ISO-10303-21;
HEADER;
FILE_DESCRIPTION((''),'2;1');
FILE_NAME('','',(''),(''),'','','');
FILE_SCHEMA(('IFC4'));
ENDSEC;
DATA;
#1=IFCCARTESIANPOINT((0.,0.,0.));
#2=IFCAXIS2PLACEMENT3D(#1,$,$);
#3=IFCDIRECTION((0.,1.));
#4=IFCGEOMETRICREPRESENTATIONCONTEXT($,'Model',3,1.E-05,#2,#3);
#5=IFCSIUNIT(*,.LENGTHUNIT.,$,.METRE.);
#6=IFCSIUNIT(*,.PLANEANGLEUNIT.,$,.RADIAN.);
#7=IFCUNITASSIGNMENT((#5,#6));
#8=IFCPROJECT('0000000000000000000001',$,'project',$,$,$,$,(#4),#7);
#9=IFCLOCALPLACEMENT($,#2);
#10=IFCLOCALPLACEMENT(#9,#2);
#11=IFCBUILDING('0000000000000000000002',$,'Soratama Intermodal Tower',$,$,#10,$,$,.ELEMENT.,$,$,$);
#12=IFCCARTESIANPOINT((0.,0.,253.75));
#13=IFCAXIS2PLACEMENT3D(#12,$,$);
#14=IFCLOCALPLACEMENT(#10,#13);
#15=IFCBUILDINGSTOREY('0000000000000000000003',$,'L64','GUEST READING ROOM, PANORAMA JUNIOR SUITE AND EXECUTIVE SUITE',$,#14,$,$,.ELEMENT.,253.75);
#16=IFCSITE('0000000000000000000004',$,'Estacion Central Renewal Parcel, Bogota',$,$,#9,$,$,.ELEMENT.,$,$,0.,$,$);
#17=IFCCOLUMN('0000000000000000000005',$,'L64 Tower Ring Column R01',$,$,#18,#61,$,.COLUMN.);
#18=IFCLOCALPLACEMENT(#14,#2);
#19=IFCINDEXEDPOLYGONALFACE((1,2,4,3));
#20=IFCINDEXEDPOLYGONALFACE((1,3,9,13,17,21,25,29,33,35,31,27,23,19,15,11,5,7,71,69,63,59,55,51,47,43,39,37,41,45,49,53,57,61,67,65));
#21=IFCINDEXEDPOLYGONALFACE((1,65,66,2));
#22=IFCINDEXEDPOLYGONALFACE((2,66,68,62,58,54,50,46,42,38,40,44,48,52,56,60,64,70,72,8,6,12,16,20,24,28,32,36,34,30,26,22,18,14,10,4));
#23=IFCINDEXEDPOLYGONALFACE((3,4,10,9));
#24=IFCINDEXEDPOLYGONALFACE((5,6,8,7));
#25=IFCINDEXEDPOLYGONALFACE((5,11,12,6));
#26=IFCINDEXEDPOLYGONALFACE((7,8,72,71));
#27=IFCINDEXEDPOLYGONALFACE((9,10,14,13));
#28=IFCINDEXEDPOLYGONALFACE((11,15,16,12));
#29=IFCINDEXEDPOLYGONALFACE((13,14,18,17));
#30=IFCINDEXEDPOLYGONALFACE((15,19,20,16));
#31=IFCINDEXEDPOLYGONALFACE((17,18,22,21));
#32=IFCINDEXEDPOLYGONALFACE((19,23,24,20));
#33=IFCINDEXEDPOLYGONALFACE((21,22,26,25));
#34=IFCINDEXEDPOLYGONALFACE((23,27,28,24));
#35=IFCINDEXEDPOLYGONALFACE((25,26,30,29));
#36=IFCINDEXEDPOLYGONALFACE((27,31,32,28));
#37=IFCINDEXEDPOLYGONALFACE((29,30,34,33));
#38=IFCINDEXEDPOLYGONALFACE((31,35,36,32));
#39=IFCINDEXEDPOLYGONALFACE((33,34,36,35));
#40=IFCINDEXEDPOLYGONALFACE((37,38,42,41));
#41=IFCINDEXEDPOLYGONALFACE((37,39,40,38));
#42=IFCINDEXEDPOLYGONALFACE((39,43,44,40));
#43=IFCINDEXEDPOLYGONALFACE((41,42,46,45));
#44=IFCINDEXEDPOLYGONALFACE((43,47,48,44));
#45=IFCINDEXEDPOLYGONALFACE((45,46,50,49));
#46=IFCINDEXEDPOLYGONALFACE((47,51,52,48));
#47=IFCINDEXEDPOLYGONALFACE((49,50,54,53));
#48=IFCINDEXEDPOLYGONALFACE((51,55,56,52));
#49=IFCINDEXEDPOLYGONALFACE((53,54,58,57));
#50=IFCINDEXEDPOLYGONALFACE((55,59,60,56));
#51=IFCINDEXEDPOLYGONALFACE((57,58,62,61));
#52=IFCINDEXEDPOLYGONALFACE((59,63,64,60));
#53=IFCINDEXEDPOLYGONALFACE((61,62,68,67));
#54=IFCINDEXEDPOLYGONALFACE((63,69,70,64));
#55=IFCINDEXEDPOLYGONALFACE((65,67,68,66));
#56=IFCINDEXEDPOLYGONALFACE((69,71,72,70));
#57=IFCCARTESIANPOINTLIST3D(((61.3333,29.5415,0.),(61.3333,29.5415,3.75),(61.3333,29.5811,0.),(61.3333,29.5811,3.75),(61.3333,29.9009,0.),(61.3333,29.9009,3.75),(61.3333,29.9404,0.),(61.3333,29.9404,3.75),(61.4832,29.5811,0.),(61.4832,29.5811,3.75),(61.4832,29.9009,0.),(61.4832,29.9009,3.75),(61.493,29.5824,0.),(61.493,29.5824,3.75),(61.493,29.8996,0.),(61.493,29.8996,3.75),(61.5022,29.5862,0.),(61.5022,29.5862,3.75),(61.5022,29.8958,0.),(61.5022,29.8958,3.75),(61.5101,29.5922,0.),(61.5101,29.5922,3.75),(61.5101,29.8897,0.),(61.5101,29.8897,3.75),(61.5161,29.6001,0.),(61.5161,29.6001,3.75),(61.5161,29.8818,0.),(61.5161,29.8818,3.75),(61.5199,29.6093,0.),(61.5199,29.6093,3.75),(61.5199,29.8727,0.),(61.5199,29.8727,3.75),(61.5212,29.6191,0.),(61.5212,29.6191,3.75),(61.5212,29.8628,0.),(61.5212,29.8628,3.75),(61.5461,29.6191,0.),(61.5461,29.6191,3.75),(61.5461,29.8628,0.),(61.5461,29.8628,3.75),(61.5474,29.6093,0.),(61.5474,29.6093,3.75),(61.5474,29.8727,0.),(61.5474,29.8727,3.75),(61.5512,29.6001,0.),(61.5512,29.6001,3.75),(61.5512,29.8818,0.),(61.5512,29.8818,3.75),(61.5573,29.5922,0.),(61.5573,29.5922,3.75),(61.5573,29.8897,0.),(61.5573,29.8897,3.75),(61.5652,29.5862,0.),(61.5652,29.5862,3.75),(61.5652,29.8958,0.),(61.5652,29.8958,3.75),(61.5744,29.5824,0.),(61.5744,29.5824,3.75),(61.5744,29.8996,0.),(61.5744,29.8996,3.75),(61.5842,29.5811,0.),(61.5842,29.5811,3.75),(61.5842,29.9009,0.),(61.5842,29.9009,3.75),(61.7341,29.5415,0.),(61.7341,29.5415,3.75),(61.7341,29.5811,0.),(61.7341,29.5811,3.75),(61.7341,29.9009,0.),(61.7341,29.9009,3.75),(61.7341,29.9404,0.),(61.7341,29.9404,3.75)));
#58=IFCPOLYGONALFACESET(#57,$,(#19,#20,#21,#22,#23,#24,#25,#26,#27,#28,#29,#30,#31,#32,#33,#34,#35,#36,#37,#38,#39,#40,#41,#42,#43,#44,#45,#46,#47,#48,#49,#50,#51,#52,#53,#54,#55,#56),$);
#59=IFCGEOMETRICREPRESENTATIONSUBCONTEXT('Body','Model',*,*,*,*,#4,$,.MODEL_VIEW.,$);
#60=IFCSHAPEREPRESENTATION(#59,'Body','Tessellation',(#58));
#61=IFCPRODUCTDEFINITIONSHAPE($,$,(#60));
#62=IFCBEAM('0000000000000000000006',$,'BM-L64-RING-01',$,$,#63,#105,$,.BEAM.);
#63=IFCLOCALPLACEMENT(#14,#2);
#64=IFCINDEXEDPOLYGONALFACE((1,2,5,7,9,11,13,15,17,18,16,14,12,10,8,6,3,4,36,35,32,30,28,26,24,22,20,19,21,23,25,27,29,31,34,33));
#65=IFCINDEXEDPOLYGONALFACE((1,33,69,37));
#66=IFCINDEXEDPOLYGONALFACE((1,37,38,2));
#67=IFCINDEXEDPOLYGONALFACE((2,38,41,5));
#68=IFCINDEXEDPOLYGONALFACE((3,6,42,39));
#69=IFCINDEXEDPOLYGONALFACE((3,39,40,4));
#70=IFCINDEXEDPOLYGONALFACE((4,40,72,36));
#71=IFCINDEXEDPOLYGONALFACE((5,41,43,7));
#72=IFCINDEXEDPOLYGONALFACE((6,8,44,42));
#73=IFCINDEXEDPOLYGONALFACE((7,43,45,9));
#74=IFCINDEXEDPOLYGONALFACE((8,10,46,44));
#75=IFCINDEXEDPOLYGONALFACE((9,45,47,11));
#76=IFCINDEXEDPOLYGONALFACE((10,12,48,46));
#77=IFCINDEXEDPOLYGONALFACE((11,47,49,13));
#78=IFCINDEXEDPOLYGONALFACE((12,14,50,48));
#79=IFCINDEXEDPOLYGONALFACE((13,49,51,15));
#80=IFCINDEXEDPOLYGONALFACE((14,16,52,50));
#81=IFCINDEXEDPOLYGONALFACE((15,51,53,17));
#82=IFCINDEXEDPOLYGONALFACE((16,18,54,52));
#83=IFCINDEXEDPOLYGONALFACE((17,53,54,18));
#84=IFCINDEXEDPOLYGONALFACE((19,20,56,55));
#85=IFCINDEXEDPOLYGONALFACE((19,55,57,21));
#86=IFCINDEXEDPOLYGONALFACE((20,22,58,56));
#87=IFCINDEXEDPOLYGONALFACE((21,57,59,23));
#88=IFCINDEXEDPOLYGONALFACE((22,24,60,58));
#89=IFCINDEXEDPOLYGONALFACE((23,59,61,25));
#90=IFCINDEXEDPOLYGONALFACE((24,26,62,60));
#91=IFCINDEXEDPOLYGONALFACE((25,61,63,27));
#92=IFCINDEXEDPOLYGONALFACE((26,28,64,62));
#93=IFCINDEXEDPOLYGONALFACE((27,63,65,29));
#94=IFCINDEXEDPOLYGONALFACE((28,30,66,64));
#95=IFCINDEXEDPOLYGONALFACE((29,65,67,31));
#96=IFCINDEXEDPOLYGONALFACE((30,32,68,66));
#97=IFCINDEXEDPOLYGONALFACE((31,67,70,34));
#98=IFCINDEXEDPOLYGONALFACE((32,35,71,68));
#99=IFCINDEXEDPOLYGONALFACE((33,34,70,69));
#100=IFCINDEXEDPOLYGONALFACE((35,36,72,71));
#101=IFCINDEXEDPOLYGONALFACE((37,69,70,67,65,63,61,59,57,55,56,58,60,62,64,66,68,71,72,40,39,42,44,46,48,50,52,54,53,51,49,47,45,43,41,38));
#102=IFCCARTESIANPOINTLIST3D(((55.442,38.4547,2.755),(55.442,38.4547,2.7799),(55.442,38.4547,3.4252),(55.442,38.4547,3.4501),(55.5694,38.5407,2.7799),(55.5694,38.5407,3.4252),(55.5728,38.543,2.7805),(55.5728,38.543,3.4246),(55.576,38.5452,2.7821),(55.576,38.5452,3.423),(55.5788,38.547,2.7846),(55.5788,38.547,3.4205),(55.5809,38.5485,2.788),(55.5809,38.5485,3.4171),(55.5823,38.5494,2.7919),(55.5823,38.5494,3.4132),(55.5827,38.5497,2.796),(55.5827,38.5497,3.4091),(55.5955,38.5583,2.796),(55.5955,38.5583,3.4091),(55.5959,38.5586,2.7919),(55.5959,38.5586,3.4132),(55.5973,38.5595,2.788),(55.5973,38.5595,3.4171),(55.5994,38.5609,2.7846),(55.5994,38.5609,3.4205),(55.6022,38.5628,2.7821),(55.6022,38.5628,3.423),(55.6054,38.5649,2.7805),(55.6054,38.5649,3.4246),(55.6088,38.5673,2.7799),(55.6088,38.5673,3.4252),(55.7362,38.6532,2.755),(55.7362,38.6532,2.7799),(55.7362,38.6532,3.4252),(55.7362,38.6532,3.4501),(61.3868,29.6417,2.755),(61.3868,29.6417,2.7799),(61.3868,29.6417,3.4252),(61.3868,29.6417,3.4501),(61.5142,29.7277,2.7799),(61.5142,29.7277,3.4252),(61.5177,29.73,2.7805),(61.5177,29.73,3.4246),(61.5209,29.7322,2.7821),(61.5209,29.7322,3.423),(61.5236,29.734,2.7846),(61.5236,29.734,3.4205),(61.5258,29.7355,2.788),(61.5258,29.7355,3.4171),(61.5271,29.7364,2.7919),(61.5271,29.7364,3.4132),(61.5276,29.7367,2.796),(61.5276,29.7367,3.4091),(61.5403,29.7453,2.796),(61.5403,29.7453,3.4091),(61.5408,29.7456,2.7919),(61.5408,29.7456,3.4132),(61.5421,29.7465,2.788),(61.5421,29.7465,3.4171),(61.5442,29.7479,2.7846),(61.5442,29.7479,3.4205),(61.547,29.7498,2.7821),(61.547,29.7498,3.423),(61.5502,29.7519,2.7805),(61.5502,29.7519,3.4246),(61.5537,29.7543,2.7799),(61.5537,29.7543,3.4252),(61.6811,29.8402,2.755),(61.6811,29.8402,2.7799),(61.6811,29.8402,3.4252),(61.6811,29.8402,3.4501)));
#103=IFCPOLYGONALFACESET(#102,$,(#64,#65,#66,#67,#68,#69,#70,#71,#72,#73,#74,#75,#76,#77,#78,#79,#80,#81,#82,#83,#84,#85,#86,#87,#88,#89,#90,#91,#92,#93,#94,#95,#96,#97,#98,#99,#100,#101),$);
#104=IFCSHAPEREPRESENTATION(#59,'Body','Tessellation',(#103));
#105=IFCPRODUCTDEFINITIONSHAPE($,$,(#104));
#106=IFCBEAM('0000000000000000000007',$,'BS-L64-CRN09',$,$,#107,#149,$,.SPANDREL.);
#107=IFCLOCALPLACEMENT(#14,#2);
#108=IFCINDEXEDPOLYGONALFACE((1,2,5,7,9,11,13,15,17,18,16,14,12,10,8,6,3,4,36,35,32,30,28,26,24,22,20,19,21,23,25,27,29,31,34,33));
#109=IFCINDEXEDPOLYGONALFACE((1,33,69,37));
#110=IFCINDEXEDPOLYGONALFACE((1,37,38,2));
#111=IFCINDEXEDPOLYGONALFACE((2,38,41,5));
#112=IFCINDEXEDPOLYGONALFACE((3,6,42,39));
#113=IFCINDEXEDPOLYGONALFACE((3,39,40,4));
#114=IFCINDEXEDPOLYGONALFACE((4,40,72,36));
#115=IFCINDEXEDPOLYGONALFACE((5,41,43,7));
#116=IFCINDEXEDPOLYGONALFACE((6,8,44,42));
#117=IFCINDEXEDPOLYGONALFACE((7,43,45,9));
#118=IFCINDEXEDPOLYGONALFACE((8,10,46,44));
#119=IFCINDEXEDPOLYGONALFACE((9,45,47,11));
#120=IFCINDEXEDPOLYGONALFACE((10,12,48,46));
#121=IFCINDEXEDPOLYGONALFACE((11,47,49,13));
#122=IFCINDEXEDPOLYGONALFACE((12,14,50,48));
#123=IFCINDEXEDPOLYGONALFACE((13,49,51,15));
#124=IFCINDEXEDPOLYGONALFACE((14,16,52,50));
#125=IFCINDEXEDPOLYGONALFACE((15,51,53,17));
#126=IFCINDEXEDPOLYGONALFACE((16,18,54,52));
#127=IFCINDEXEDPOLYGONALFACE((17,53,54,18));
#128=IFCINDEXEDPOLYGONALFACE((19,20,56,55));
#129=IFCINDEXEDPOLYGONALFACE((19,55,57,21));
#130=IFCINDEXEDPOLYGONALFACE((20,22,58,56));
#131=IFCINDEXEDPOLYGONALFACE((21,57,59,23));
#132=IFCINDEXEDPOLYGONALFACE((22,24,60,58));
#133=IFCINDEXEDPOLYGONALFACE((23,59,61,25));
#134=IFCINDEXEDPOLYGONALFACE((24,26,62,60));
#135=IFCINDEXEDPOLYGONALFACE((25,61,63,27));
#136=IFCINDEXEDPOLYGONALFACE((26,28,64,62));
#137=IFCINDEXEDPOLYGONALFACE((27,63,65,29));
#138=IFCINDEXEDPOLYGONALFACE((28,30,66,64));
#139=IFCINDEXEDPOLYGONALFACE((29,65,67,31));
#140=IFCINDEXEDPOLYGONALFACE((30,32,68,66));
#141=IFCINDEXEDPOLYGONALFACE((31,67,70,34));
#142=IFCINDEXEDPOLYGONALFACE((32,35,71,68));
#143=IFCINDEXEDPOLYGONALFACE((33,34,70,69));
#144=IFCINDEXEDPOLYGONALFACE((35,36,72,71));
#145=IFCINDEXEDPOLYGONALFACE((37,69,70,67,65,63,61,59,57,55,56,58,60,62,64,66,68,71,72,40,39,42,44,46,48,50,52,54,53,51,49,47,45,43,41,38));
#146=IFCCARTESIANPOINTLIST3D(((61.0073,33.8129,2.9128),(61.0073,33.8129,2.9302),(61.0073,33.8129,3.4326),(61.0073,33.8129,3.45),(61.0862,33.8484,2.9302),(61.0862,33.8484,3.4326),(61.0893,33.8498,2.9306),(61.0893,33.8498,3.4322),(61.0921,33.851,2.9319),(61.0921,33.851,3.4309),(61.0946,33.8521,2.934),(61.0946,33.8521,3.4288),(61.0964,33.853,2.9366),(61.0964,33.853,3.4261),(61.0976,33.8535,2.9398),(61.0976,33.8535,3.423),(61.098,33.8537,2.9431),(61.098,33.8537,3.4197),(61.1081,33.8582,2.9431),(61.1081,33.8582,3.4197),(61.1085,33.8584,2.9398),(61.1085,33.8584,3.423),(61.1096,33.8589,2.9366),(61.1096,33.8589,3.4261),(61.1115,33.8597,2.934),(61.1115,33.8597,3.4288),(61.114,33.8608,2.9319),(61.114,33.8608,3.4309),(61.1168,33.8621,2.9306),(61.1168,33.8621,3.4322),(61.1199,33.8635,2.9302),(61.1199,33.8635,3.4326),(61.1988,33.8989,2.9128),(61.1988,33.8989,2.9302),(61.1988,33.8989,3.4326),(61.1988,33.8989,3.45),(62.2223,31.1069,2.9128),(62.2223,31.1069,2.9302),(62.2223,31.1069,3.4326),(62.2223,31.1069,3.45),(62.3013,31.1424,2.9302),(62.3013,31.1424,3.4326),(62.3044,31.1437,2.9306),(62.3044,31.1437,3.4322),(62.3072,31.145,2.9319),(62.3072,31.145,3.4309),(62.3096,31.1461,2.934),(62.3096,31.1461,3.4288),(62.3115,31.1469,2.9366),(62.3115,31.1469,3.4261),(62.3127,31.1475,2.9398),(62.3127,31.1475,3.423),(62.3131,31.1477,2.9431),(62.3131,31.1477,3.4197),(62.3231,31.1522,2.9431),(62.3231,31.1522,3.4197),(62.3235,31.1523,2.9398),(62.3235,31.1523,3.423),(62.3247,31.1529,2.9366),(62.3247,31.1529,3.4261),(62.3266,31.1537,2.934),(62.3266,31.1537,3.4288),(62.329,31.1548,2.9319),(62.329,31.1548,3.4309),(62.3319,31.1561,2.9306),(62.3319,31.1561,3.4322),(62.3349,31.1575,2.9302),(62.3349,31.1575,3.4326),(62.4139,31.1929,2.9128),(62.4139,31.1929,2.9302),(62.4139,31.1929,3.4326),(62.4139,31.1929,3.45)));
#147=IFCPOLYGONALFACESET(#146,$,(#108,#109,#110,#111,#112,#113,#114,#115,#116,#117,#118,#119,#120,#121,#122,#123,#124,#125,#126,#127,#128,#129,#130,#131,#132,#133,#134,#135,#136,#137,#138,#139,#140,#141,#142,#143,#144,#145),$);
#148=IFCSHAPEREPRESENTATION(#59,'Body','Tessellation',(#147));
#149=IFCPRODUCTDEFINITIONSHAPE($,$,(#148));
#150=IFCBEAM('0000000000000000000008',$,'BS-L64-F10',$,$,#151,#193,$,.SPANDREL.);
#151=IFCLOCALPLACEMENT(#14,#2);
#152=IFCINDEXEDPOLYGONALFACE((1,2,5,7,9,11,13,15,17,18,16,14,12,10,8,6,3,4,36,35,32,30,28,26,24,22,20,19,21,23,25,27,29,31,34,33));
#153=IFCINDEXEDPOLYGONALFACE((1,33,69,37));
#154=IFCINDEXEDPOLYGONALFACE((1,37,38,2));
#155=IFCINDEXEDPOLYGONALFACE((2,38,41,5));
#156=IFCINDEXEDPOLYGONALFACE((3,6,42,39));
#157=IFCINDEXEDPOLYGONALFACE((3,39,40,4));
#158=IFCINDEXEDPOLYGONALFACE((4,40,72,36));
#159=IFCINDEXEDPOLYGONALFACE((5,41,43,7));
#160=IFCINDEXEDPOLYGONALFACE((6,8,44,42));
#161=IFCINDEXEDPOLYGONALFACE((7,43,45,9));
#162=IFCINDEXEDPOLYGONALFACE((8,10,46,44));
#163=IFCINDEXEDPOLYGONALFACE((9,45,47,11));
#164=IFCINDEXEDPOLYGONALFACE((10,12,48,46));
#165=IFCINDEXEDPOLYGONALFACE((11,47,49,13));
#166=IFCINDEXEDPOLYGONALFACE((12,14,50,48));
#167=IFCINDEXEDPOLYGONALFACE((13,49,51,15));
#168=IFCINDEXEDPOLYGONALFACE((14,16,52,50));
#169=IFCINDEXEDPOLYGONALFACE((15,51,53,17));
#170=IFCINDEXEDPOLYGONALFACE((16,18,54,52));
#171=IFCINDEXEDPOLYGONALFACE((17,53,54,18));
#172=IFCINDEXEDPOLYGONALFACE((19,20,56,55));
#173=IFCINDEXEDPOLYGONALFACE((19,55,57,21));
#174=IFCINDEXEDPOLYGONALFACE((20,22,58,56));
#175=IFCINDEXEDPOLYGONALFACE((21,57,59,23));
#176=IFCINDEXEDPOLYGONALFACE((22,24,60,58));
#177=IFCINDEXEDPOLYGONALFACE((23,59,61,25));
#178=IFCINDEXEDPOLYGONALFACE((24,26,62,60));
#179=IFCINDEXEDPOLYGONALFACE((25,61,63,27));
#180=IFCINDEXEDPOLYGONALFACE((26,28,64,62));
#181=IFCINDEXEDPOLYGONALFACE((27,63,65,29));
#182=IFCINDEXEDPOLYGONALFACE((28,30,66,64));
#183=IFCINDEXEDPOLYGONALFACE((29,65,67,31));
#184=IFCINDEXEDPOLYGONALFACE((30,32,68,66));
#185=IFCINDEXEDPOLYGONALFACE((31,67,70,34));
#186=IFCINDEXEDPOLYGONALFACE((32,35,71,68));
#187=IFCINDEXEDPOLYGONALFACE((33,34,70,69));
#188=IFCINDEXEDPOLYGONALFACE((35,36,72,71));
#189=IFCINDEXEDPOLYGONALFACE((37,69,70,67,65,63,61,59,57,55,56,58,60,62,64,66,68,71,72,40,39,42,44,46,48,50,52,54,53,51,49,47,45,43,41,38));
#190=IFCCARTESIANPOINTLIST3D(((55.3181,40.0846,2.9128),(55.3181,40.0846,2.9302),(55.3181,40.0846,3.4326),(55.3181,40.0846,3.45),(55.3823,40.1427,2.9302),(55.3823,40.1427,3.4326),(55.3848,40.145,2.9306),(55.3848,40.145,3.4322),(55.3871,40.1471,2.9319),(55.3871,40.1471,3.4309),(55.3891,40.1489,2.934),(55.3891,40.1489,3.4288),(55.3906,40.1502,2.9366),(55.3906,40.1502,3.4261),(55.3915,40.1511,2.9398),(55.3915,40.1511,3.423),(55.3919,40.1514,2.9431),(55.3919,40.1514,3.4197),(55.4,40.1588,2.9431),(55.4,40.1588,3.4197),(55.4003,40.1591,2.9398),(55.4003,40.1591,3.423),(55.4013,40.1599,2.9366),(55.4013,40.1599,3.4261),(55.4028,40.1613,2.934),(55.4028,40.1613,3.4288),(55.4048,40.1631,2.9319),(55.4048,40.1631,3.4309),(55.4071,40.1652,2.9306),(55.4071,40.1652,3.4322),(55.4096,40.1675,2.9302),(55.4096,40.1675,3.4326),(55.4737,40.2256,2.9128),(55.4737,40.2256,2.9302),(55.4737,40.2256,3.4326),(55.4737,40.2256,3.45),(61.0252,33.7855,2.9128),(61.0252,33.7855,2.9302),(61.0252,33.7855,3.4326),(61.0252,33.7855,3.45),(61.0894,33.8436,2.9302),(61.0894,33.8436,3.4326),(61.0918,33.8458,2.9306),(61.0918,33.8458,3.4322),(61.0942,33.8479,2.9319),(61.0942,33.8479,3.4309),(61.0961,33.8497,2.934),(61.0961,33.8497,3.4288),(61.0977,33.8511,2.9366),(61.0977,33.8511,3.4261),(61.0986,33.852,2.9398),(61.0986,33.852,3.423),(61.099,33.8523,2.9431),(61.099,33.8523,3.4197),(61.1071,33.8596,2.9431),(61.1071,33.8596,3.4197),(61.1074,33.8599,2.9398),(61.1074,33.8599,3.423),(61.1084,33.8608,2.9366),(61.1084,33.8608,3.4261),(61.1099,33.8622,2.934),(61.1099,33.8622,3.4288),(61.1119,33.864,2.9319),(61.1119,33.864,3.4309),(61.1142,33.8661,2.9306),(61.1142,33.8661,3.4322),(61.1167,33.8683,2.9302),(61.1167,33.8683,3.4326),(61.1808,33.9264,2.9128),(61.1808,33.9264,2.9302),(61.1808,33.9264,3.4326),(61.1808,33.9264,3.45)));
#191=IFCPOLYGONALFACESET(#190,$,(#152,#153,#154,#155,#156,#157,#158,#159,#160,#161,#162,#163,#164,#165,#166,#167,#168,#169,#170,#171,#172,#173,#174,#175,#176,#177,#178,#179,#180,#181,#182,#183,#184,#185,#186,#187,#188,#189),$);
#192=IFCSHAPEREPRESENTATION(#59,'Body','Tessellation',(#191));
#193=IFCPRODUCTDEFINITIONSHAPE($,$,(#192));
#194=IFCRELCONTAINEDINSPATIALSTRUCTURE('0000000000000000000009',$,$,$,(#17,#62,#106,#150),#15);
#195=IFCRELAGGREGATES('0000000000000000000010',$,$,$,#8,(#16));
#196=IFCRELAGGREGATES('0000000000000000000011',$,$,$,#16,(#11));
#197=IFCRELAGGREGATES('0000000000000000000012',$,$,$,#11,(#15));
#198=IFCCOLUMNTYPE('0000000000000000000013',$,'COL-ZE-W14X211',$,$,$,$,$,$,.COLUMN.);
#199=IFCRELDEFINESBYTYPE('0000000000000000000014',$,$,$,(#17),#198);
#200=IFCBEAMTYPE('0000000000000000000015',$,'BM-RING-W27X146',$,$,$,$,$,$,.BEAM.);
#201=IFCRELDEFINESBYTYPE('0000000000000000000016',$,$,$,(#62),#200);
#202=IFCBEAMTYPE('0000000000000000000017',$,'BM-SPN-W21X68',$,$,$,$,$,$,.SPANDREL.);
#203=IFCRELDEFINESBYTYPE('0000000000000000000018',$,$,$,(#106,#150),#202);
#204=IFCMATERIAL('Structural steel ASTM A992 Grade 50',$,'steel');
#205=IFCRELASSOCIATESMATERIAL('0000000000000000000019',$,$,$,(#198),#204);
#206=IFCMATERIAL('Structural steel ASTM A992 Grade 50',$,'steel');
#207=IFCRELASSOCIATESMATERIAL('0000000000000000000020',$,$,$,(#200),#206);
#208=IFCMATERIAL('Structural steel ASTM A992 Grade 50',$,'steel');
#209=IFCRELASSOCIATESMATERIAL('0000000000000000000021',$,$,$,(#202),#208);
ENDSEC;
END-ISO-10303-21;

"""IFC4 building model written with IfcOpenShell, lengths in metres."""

from ifc_helpers import new_model, si_unit, direction, frame, origin, origin_2d, place, context, subcontext, project, spatial, i_section, extrude, material, material_profile, profile_set, type_object, element, save


model = new_model("IFC4")

# Units and contexts
model_context = context("Model", 3, precision=1e-05, world=origin(), true_north=direction((0.0, 1.0)))
body_context = subcontext(model_context, "Body", "Model", "MODEL_VIEW")
ifc_project = project(units=[si_unit("LENGTHUNIT", "METRE"), si_unit("PLANEANGLEUNIT", "RADIAN")], contexts=[model_context])

# Site, building, storey
site_placement = place(None, origin())
site = spatial("IfcSite", under=ifc_project, at=site_placement, Name="Estacion Central Renewal Parcel, Bogota", CompositionType="ELEMENT", RefElevation=0.0)
building_placement = place(site_placement, origin())
building = spatial("IfcBuilding", under=site, at=building_placement, Name="Soratama Intermodal Tower", CompositionType="ELEMENT")
storey_placement = place(building_placement, frame((0.0, 0.0, 253.75)))
storey = spatial("IfcBuildingStorey", under=building, at=storey_placement, Name="L64", Description="GUEST READING ROOM, PANORAMA JUNIOR SUITE AND EXECUTIVE SUITE", CompositionType="ELEMENT", Elevation=253.75)

# Column
ifc_material_1 = material(Name="Structural steel ASTM A992 Grade 50", Category="steel")
ifc_material_profile_1 = material_profile(ifc_material_1, i_section(OverallWidth=0.4009, OverallDepth=0.3989, WebThickness=0.0249, FlangeThickness=0.0396, FilletRadius=0.0381, at=origin_2d()), Name="W14X211")
ifc_profile_set_1 = profile_set([ifc_material_profile_1], Name="Structural steel ASTM A992 Grade 50")
column_type = type_object("IfcColumnType", Name="COL-ZE-W14X211", PredefinedType="COLUMN", material=ifc_profile_set_1)
column_placement = place(storey_placement, frame((61.5337, 29.741, 0.0), z_axis=(0.0, 0.0, 1.0), x_axis=(1.0, 0.0, 0.0)))
element("IfcColumn", 1, at=column_placement, inside=storey, type_object=column_type, Name="L64 Tower Ring Column R01", PredefinedType="COLUMN", context=body_context, shape_type="SweptSolid", body=[
    extrude(i_section(OverallWidth=0.4009, OverallDepth=0.3989, WebThickness=0.0249, FlangeThickness=0.0396, FilletRadius=0.0381, at=origin_2d()), origin(), (0.0, 0.0, 1.0), 3.75),
])

# Beams
ifc_material_2 = material(Name="Structural steel ASTM A992 Grade 50", Category="steel")
ifc_material_profile_2 = material_profile(ifc_material_2, i_section(OverallWidth=0.355, OverallDepth=0.6951, WebThickness=0.0154, FlangeThickness=0.0249, FilletRadius=0.0161, at=origin_2d()), Name="W27X146")
ifc_profile_set_2 = profile_set([ifc_material_profile_2], Name="Structural steel ASTM A992 Grade 50")
beam_type_1 = type_object("IfcBeamType", Name="BM-RING-W27X146", PredefinedType="BEAM", material=ifc_profile_set_2)
beam_1_placement = place(storey_placement, frame((61.5339, 29.741, 3.1025), z_axis=(-0.559218, 0.829021, 0.0), x_axis=(-0.829021, -0.559218, 0.0)))
element("IfcBeam", 2, at=beam_1_placement, inside=storey, type_object=beam_type_1, Name="BM-L64-RING-01", PredefinedType="BEAM", context=body_context, shape_type="SweptSolid", body=[
    extrude(i_section(OverallWidth=0.355, OverallDepth=0.6951, WebThickness=0.0154, FlangeThickness=0.0249, FilletRadius=0.0161, at=origin_2d()), origin(), (0.0, 0.0, 1.0), 10.6306),
])
ifc_material_3 = material(Name="Structural steel ASTM A992 Grade 50", Category="steel")
ifc_material_profile_3 = material_profile(ifc_material_3, i_section(OverallWidth=0.21, OverallDepth=0.5371, WebThickness=0.011, FlangeThickness=0.0173, FilletRadius=0.0129, at=origin_2d()), Name="W21X68")
ifc_profile_set_3 = profile_set([ifc_material_profile_3], Name="Structural steel ASTM A992 Grade 50")
beam_type_2 = type_object("IfcBeamType", Name="BM-SPN-W21X68", PredefinedType="SPANDREL", material=ifc_profile_set_3)
beam_2_placement = place(storey_placement, frame((62.3181, 31.1499, 3.1814), z_axis=(-0.409625, 0.912254, 0.0), x_axis=(-0.912254, -0.409625, 0.0)))
element("IfcBeam", 3, at=beam_2_placement, inside=storey, type_object=beam_type_2, Name="BS-L64-CRN09", PredefinedType="SPANDREL", context=body_context, shape_type="SweptSolid", body=[
    extrude(i_section(OverallWidth=0.21, OverallDepth=0.5371, WebThickness=0.011, FlangeThickness=0.0173, FilletRadius=0.0129, at=origin_2d()), origin(), (0.0, 0.0, 1.0), 2.9663),
])
beam_3_placement = place(storey_placement, frame((61.103, 33.856, 3.1814), z_axis=(-0.671422, 0.741075, 0.0), x_axis=(-0.741075, -0.671422, 0.0)))
element("IfcBeam", 4, at=beam_3_placement, inside=storey, type_object=beam_type_2, Name="BS-L64-F10", PredefinedType="SPANDREL", context=body_context, shape_type="SweptSolid", body=[
    extrude(i_section(OverallWidth=0.21, OverallDepth=0.5371, WebThickness=0.011, FlangeThickness=0.0173, FilletRadius=0.0129, at=origin_2d()), origin(), (0.0, 0.0, 1.0), 8.5),
])

save(model, "model.ifc")
